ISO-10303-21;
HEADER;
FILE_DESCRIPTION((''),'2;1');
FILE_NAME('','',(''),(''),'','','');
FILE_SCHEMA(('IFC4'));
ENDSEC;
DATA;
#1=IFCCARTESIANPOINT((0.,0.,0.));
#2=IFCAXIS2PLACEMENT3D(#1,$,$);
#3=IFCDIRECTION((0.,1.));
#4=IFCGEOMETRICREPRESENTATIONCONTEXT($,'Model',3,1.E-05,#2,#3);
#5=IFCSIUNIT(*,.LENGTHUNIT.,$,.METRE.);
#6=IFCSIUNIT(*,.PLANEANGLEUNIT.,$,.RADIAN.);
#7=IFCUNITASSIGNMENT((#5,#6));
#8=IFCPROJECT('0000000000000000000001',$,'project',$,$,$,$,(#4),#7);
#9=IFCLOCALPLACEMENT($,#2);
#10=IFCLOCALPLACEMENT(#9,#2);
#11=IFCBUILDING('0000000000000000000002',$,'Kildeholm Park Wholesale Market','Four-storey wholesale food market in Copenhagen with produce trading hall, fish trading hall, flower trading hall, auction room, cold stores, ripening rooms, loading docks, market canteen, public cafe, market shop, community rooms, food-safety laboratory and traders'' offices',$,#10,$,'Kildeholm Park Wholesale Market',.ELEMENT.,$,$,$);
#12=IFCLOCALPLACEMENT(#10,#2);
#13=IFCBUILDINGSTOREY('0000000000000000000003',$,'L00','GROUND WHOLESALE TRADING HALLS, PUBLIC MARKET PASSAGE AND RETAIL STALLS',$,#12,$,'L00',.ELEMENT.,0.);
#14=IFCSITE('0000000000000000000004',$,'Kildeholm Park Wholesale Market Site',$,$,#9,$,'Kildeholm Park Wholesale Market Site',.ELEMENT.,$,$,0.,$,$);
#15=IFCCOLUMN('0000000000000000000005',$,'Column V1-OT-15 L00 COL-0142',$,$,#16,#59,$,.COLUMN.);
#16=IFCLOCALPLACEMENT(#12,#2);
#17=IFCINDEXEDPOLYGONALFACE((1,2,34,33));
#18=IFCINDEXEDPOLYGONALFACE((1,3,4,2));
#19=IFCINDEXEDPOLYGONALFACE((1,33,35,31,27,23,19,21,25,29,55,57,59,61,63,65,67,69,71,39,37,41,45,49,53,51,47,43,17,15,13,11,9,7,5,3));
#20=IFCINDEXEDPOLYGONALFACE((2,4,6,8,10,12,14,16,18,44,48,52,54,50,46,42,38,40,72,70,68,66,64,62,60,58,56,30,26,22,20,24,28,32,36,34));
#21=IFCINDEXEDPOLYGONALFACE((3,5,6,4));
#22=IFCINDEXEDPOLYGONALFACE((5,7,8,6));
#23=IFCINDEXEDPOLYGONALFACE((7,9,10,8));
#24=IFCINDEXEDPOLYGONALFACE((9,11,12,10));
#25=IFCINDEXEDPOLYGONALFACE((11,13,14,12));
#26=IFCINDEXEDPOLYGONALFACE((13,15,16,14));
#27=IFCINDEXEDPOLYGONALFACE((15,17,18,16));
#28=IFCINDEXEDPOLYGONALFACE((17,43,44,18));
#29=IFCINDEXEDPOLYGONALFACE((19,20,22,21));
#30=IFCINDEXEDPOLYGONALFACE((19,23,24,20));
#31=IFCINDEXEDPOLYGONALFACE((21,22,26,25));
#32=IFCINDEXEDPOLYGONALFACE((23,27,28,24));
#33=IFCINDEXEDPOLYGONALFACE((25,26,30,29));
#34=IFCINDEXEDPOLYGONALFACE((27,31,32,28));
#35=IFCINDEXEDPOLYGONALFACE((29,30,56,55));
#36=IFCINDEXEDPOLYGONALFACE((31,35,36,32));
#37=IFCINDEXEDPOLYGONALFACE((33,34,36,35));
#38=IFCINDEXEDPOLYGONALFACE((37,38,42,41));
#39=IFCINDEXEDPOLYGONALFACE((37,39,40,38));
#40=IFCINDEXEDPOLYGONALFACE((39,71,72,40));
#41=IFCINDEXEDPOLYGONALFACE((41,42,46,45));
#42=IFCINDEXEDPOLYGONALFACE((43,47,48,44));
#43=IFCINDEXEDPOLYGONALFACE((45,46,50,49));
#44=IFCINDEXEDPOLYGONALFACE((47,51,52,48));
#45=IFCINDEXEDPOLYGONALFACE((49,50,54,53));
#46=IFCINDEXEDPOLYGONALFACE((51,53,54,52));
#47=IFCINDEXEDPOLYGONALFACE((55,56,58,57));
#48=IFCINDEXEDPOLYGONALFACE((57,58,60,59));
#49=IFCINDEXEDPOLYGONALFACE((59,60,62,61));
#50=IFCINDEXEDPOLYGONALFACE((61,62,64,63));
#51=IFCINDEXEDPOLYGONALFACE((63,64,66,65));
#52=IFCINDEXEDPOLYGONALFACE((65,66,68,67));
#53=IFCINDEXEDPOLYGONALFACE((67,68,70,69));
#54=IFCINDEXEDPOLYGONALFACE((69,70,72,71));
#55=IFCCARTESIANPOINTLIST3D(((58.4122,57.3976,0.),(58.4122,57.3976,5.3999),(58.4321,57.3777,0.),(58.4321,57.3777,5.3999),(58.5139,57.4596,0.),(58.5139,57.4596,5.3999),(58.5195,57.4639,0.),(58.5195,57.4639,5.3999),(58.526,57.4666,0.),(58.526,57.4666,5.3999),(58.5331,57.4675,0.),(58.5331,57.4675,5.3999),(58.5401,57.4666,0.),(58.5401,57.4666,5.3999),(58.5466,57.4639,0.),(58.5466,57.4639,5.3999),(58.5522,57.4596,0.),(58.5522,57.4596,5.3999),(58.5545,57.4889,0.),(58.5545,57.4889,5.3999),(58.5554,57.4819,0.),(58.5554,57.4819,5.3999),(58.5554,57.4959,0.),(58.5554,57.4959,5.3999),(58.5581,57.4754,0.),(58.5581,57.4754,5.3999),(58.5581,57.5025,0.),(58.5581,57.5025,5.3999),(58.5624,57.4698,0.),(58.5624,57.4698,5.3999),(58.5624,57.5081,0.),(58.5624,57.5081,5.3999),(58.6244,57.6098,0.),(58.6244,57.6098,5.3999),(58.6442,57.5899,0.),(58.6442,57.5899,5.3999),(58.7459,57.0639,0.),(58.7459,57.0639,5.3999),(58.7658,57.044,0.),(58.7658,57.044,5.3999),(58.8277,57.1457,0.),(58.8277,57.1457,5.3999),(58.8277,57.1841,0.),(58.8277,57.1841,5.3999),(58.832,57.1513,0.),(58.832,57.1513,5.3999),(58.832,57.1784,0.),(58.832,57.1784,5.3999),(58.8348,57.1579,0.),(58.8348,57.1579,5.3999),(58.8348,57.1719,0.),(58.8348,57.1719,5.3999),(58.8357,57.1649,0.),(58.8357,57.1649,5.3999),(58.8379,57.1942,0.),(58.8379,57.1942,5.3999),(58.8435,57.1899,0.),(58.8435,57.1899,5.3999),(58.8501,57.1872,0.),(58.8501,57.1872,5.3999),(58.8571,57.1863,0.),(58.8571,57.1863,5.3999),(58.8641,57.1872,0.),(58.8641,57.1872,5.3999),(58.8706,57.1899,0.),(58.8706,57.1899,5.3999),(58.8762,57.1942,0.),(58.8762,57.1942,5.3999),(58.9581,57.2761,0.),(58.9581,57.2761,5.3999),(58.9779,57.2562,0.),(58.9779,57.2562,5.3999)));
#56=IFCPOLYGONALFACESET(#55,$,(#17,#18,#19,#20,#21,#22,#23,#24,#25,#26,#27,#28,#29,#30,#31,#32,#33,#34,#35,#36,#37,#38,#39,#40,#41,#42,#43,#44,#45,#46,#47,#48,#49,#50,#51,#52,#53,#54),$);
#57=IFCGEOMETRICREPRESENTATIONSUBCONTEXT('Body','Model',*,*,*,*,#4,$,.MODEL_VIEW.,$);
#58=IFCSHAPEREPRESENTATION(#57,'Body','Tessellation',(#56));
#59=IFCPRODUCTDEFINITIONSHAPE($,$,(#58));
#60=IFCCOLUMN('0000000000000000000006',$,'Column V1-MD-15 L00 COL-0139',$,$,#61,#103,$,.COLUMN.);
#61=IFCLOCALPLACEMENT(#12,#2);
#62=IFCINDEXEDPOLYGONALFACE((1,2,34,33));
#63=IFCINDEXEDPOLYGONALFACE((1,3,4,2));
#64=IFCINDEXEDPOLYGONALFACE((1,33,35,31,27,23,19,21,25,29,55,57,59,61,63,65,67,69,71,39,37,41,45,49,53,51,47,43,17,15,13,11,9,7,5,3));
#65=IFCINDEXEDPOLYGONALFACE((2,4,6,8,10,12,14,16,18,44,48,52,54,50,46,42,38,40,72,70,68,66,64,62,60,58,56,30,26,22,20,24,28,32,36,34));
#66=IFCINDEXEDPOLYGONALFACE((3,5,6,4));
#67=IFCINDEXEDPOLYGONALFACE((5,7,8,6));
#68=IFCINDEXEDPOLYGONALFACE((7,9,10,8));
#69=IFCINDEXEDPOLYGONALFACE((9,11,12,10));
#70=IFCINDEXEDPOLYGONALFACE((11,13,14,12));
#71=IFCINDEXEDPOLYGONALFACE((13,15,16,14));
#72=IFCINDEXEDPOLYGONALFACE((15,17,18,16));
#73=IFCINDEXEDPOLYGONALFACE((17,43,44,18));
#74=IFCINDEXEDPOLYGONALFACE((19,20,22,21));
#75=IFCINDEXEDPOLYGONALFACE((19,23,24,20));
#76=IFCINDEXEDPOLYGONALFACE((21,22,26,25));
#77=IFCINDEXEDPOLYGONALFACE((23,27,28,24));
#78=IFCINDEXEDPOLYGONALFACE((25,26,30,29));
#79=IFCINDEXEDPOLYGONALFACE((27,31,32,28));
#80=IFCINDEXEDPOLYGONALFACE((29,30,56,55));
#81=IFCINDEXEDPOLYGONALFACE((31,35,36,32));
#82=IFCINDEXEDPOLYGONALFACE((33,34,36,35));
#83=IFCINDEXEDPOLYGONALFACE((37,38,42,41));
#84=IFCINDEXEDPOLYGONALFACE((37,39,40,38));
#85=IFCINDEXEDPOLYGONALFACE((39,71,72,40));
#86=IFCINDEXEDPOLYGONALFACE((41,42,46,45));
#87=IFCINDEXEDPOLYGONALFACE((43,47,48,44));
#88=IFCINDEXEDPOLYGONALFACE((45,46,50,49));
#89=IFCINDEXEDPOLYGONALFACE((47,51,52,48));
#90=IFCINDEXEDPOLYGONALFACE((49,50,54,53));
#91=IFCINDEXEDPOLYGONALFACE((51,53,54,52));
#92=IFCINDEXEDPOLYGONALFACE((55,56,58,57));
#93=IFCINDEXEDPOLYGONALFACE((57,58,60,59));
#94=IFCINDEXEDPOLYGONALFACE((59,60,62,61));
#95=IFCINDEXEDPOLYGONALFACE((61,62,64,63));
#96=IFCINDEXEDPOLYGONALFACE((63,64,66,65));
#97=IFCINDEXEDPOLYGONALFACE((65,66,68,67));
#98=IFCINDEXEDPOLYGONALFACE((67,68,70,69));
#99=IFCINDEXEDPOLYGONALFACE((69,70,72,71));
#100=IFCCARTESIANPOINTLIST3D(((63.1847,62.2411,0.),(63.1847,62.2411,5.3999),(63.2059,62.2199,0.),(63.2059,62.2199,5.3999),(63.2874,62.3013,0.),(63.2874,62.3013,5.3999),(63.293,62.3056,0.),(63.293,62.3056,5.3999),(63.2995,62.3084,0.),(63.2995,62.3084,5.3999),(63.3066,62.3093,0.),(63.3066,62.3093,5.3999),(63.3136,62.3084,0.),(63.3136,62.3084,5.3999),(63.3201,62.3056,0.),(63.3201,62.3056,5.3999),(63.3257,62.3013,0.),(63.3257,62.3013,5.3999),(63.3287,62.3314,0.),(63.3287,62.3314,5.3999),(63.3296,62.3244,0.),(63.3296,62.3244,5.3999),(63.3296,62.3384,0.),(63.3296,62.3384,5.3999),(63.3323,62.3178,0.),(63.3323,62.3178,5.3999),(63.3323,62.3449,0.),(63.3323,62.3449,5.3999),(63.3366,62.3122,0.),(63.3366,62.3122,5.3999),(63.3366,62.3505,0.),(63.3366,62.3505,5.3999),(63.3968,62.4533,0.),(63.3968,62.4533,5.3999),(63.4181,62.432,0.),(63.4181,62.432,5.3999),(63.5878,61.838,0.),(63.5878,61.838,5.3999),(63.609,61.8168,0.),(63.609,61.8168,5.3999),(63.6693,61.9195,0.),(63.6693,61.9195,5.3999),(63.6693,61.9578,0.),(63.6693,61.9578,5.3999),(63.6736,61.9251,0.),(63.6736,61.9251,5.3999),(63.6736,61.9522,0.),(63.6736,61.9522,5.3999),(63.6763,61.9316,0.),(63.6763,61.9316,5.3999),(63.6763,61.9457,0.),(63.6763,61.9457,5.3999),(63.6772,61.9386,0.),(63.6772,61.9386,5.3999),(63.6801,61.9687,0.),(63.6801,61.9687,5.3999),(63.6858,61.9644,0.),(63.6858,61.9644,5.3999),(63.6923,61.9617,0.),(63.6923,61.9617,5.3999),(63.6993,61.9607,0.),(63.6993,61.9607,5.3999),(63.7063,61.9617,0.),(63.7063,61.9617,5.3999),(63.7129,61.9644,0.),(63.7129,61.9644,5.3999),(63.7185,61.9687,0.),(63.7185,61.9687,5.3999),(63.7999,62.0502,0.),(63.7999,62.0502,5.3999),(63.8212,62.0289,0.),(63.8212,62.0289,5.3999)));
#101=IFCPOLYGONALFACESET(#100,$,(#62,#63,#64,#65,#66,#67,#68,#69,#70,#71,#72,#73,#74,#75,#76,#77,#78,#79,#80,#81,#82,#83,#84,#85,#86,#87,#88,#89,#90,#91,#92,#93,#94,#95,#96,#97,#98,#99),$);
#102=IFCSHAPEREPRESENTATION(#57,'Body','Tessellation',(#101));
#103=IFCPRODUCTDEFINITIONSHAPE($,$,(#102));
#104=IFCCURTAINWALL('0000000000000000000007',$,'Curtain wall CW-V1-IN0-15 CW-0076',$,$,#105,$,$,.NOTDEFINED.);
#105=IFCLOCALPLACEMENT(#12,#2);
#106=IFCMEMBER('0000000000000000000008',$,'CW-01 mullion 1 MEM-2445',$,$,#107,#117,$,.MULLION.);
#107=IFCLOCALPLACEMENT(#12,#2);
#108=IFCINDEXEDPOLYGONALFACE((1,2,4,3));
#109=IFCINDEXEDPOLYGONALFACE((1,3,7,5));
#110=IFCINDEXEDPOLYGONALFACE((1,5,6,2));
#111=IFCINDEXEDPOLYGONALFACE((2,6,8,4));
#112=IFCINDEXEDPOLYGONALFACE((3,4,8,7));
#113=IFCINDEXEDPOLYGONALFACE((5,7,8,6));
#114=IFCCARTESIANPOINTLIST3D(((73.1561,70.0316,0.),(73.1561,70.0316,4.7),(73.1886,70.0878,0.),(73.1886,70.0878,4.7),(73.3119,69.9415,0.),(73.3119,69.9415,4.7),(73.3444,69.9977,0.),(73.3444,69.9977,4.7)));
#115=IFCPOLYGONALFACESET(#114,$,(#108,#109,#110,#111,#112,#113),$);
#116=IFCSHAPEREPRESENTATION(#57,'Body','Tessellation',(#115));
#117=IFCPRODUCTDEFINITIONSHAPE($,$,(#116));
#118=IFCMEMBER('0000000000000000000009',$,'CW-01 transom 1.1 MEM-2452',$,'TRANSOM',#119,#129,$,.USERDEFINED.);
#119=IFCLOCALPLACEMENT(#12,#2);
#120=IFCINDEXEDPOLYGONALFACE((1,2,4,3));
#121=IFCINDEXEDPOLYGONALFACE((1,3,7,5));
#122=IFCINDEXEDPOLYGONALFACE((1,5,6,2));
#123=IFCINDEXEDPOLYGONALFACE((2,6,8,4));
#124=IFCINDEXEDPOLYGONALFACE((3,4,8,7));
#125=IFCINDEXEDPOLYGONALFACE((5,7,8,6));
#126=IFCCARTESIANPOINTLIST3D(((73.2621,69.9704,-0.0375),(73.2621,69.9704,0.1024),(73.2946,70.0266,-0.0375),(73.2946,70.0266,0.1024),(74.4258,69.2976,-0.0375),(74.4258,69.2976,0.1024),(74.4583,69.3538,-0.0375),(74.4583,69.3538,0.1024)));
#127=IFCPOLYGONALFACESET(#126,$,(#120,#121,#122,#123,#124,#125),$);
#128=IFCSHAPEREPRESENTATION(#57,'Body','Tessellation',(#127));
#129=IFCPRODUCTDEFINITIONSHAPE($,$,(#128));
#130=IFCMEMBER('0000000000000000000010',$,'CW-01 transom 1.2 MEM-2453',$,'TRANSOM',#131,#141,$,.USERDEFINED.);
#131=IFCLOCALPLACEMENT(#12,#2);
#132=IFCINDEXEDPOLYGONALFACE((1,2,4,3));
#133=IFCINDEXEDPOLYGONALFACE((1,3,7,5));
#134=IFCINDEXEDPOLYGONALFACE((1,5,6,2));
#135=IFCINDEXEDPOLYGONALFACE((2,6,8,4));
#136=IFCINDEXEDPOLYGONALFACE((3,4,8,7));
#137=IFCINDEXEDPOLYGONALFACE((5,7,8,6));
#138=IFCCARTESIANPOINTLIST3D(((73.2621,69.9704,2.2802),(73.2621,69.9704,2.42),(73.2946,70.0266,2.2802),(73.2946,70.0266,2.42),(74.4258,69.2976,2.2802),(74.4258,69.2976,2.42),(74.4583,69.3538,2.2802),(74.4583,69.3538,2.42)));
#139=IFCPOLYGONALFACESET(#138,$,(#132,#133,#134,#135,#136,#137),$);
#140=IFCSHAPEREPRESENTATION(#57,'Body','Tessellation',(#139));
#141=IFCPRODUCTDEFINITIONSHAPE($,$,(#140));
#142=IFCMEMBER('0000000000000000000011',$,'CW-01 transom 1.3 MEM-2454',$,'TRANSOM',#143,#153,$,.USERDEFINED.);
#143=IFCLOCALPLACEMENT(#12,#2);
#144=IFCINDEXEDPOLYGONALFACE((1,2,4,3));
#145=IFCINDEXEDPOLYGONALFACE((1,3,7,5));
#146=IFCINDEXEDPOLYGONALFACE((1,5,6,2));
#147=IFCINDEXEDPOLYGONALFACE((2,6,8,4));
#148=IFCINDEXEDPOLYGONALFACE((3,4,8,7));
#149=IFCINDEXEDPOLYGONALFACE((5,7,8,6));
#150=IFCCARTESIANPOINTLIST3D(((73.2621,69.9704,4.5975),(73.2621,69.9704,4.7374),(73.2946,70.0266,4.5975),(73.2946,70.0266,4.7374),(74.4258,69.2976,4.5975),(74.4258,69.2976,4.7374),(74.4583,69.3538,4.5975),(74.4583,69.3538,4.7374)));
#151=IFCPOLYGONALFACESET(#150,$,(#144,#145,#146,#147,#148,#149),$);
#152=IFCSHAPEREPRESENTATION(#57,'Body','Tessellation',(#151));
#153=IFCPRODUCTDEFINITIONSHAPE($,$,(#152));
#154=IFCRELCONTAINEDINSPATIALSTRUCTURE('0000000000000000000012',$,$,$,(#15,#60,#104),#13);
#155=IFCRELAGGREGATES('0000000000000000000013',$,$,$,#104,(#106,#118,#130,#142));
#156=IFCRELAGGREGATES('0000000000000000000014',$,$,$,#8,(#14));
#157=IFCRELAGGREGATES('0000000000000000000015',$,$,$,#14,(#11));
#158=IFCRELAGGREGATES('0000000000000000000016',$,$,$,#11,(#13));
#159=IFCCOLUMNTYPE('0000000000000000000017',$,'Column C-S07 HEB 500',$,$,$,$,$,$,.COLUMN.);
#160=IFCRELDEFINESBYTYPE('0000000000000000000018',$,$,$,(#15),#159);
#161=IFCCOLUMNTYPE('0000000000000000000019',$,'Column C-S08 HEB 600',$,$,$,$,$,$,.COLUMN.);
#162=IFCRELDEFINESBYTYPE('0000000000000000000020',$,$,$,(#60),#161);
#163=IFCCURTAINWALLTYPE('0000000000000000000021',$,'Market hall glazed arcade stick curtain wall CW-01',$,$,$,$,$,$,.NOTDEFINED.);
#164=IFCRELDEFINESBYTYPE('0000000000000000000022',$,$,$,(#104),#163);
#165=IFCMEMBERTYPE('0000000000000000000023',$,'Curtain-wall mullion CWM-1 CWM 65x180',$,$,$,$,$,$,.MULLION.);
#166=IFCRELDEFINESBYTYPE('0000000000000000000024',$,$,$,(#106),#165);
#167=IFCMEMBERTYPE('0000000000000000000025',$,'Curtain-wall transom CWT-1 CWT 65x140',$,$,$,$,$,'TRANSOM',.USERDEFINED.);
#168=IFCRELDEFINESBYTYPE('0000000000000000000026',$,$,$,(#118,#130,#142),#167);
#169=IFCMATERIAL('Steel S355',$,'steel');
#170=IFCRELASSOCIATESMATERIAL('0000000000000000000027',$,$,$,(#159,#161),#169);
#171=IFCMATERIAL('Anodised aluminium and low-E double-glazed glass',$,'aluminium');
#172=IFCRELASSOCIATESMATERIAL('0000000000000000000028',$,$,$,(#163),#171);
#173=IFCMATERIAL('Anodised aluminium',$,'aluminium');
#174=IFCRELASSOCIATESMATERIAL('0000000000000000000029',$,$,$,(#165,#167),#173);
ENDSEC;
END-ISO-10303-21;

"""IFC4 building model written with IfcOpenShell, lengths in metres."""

from ifc_helpers import new_model, si_unit, direction, frame, origin, origin_2d, place, context, subcontext, project, spatial, rectangle, i_section, extrude, material, material_profile, profile_set, type_object, element, aggregate, save


model = new_model("IFC4")

# Units and contexts
model_context = context("Model", 3, precision=1e-05, world=origin(), true_north=direction((0.0, 1.0)))
body_context = subcontext(model_context, "Body", "Model", "MODEL_VIEW")
ifc_project = project(units=[si_unit("LENGTHUNIT", "METRE"), si_unit("PLANEANGLEUNIT", "RADIAN")], contexts=[model_context])

# Site, building, storey
site_placement = place(None, origin())
site = spatial("IfcSite", under=ifc_project, at=site_placement, Name="Kildeholm Park Wholesale Market Site", LongName="Kildeholm Park Wholesale Market Site", CompositionType="ELEMENT", RefElevation=0.0)
building_placement = place(site_placement, origin())
building = spatial("IfcBuilding", under=site, at=building_placement, Name="Kildeholm Park Wholesale Market", Description="Four-storey wholesale food market in Copenhagen with produce trading hall, fish trading hall, flower trading hall, auction room, cold stores, ripening rooms, loading docks, market canteen, public cafe, market shop, community rooms, food-safety laboratory and traders' offices", LongName="Kildeholm Park Wholesale Market", CompositionType="ELEMENT")
storey_placement = place(building_placement, origin())
storey = spatial("IfcBuildingStorey", under=building, at=storey_placement, Name="L00", Description="GROUND WHOLESALE TRADING HALLS, PUBLIC MARKET PASSAGE AND RETAIL STALLS", LongName="L00", CompositionType="ELEMENT", Elevation=0.0)

# Columns
ifc_material_1 = material(Name="Steel S355", Category="steel")
ifc_material_profile_1 = material_profile(ifc_material_1, i_section(OverallWidth=0.3, OverallDepth=0.5, WebThickness=0.0144, FlangeThickness=0.0281, FilletRadius=0.0271, at=origin_2d()), Name="HEB 500")
ifc_profile_set_1 = profile_set([ifc_material_profile_1], Name="Steel S355")
column_type_1 = type_object("IfcColumnType", Name="Column C-S07 HEB 500", PredefinedType="COLUMN", material=ifc_profile_set_1)
for number, where, z_axis, x_axis, name in (
    (1, (58.6951, 57.3269, 0.0), (0.0, 0.0, 1.0), (-0.707107, -0.707107, 0.0), "Column V1-OT-15 L00 COL-0142"),
):
    element("IfcColumn", number, at=place(storey_placement, frame(where, z_axis=z_axis, x_axis=x_axis)), inside=storey, type_object=column_type_1, Name=name, PredefinedType="COLUMN", context=body_context, shape_type="SweptSolid", body=[
        extrude(i_section(OverallWidth=0.3, OverallDepth=0.5, WebThickness=0.0144, FlangeThickness=0.0281, FilletRadius=0.0271, at=origin_2d()), origin(), (0.0, 0.0, 1.0), 5.3999),
    ])
ifc_material_profile_2 = material_profile(ifc_material_1, i_section(OverallWidth=0.3, OverallDepth=0.6001, WebThickness=0.0154, FlangeThickness=0.03, FilletRadius=0.0271, at=origin_2d()), Name="HEB 600")
ifc_profile_set_2 = profile_set([ifc_material_profile_2], Name="Steel S355")
column_type_2 = type_object("IfcColumnType", Name="Column C-S08 HEB 600", PredefinedType="COLUMN", material=ifc_profile_set_2)
column_placement = place(storey_placement, frame((63.5029, 62.135, 0.0), z_axis=(0.0, 0.0, 1.0), x_axis=(-0.707107, -0.707107, 0.0)))
element("IfcColumn", 2, at=column_placement, inside=storey, type_object=column_type_2, Name="Column V1-MD-15 L00 COL-0139", PredefinedType="COLUMN", context=body_context, shape_type="SweptSolid", body=[
    extrude(i_section(OverallWidth=0.3, OverallDepth=0.6001, WebThickness=0.0154, FlangeThickness=0.03, FilletRadius=0.0271, at=origin_2d()), origin(), (0.0, 0.0, 1.0), 5.3999),
])

# Curtain wall, members
ifc_material_2 = material(Name="Anodised aluminium and low-E double-glazed glass", Category="aluminium")
curtain_wall_type = type_object("IfcCurtainWallType", Name="Market hall glazed arcade stick curtain wall CW-01", PredefinedType="NOTDEFINED", material=ifc_material_2)
curtain_wall_placement = place(storey_placement, origin())
curtain_wall = element("IfcCurtainWall", 3, at=curtain_wall_placement, inside=storey, type_object=curtain_wall_type, Name="Curtain wall CW-V1-IN0-15 CW-0076", PredefinedType="NOTDEFINED")
ifc_material_3 = material(Name="Anodised aluminium", Category="aluminium")
ifc_material_profile_3 = material_profile(ifc_material_3, rectangle(XDim=0.0649, YDim=0.1799, at=origin_2d()), Name="CWM 65x180")
ifc_profile_set_3 = profile_set([ifc_material_profile_3], Name="Anodised aluminium")
member_type_1 = type_object("IfcMemberType", Name="Curtain-wall mullion CWM-1 CWM 65x180", PredefinedType="MULLION", material=ifc_profile_set_3)
member_1_placement = place(storey_placement, frame((73.2502, 70.0146, 0.0), z_axis=(0.0, 0.0, 1.0), x_axis=(0.500489, 0.865743, 0.0)))
member_1 = element("IfcMember", 4, at=member_1_placement, type_object=member_type_1, Name="CW-01 mullion 1 MEM-2445", PredefinedType="MULLION", context=body_context, shape_type="SweptSolid", body=[
    extrude(rectangle(XDim=0.0649, YDim=0.1799, at=origin_2d()), origin(), (0.0, 0.0, 1.0), 4.7),
])
ifc_material_profile_4 = material_profile(ifc_material_3, rectangle(XDim=0.0649, YDim=0.1399, at=origin_2d()), Name="CWT 65x140")
ifc_profile_set_4 = profile_set([ifc_material_profile_4], Name="Anodised aluminium")
member_type_2 = type_object("IfcMemberType", Name="Curtain-wall transom CWT-1 CWT 65x140", ElementType="TRANSOM", PredefinedType="USERDEFINED", material=ifc_profile_set_4)
member_2_placement = place(storey_placement, frame((73.2783, 69.9985, 0.0325), z_axis=(0.865729, -0.500514, 0.0), x_axis=(0.500514, 0.865729, 0.0)))
member_2 = element("IfcMember", 5, at=member_2_placement, type_object=member_type_2, Name="CW-01 transom 1.1 MEM-2452", ObjectType="TRANSOM", PredefinedType="USERDEFINED", context=body_context, shape_type="SweptSolid", body=[
    extrude(rectangle(XDim=0.0649, YDim=0.1399, at=origin_2d()), origin(), (0.0, 0.0, 1.0), 1.3442),
])
member_3_placement = place(storey_placement, frame((73.2783, 69.9985, 2.3501), z_axis=(0.865729, -0.500514, 0.0), x_axis=(0.500514, 0.865729, 0.0)))
member_3 = element("IfcMember", 6, at=member_3_placement, type_object=member_type_2, Name="CW-01 transom 1.2 MEM-2453", ObjectType="TRANSOM", PredefinedType="USERDEFINED", context=body_context, shape_type="SweptSolid", body=[
    extrude(rectangle(XDim=0.0649, YDim=0.1399, at=origin_2d()), origin(), (0.0, 0.0, 1.0), 1.3442),
])
member_4_placement = place(storey_placement, frame((73.2783, 69.9985, 4.6675), z_axis=(0.865729, -0.500514, 0.0), x_axis=(0.500514, 0.865729, 0.0)))
member_4 = element("IfcMember", 7, at=member_4_placement, type_object=member_type_2, Name="CW-01 transom 1.3 MEM-2454", ObjectType="TRANSOM", PredefinedType="USERDEFINED", context=body_context, shape_type="SweptSolid", body=[
    extrude(rectangle(XDim=0.0649, YDim=0.1399, at=origin_2d()), origin(), (0.0, 0.0, 1.0), 1.3442),
])
aggregate(curtain_wall, [member_1, member_2, member_3, member_4])

save(model, "model.ifc")
